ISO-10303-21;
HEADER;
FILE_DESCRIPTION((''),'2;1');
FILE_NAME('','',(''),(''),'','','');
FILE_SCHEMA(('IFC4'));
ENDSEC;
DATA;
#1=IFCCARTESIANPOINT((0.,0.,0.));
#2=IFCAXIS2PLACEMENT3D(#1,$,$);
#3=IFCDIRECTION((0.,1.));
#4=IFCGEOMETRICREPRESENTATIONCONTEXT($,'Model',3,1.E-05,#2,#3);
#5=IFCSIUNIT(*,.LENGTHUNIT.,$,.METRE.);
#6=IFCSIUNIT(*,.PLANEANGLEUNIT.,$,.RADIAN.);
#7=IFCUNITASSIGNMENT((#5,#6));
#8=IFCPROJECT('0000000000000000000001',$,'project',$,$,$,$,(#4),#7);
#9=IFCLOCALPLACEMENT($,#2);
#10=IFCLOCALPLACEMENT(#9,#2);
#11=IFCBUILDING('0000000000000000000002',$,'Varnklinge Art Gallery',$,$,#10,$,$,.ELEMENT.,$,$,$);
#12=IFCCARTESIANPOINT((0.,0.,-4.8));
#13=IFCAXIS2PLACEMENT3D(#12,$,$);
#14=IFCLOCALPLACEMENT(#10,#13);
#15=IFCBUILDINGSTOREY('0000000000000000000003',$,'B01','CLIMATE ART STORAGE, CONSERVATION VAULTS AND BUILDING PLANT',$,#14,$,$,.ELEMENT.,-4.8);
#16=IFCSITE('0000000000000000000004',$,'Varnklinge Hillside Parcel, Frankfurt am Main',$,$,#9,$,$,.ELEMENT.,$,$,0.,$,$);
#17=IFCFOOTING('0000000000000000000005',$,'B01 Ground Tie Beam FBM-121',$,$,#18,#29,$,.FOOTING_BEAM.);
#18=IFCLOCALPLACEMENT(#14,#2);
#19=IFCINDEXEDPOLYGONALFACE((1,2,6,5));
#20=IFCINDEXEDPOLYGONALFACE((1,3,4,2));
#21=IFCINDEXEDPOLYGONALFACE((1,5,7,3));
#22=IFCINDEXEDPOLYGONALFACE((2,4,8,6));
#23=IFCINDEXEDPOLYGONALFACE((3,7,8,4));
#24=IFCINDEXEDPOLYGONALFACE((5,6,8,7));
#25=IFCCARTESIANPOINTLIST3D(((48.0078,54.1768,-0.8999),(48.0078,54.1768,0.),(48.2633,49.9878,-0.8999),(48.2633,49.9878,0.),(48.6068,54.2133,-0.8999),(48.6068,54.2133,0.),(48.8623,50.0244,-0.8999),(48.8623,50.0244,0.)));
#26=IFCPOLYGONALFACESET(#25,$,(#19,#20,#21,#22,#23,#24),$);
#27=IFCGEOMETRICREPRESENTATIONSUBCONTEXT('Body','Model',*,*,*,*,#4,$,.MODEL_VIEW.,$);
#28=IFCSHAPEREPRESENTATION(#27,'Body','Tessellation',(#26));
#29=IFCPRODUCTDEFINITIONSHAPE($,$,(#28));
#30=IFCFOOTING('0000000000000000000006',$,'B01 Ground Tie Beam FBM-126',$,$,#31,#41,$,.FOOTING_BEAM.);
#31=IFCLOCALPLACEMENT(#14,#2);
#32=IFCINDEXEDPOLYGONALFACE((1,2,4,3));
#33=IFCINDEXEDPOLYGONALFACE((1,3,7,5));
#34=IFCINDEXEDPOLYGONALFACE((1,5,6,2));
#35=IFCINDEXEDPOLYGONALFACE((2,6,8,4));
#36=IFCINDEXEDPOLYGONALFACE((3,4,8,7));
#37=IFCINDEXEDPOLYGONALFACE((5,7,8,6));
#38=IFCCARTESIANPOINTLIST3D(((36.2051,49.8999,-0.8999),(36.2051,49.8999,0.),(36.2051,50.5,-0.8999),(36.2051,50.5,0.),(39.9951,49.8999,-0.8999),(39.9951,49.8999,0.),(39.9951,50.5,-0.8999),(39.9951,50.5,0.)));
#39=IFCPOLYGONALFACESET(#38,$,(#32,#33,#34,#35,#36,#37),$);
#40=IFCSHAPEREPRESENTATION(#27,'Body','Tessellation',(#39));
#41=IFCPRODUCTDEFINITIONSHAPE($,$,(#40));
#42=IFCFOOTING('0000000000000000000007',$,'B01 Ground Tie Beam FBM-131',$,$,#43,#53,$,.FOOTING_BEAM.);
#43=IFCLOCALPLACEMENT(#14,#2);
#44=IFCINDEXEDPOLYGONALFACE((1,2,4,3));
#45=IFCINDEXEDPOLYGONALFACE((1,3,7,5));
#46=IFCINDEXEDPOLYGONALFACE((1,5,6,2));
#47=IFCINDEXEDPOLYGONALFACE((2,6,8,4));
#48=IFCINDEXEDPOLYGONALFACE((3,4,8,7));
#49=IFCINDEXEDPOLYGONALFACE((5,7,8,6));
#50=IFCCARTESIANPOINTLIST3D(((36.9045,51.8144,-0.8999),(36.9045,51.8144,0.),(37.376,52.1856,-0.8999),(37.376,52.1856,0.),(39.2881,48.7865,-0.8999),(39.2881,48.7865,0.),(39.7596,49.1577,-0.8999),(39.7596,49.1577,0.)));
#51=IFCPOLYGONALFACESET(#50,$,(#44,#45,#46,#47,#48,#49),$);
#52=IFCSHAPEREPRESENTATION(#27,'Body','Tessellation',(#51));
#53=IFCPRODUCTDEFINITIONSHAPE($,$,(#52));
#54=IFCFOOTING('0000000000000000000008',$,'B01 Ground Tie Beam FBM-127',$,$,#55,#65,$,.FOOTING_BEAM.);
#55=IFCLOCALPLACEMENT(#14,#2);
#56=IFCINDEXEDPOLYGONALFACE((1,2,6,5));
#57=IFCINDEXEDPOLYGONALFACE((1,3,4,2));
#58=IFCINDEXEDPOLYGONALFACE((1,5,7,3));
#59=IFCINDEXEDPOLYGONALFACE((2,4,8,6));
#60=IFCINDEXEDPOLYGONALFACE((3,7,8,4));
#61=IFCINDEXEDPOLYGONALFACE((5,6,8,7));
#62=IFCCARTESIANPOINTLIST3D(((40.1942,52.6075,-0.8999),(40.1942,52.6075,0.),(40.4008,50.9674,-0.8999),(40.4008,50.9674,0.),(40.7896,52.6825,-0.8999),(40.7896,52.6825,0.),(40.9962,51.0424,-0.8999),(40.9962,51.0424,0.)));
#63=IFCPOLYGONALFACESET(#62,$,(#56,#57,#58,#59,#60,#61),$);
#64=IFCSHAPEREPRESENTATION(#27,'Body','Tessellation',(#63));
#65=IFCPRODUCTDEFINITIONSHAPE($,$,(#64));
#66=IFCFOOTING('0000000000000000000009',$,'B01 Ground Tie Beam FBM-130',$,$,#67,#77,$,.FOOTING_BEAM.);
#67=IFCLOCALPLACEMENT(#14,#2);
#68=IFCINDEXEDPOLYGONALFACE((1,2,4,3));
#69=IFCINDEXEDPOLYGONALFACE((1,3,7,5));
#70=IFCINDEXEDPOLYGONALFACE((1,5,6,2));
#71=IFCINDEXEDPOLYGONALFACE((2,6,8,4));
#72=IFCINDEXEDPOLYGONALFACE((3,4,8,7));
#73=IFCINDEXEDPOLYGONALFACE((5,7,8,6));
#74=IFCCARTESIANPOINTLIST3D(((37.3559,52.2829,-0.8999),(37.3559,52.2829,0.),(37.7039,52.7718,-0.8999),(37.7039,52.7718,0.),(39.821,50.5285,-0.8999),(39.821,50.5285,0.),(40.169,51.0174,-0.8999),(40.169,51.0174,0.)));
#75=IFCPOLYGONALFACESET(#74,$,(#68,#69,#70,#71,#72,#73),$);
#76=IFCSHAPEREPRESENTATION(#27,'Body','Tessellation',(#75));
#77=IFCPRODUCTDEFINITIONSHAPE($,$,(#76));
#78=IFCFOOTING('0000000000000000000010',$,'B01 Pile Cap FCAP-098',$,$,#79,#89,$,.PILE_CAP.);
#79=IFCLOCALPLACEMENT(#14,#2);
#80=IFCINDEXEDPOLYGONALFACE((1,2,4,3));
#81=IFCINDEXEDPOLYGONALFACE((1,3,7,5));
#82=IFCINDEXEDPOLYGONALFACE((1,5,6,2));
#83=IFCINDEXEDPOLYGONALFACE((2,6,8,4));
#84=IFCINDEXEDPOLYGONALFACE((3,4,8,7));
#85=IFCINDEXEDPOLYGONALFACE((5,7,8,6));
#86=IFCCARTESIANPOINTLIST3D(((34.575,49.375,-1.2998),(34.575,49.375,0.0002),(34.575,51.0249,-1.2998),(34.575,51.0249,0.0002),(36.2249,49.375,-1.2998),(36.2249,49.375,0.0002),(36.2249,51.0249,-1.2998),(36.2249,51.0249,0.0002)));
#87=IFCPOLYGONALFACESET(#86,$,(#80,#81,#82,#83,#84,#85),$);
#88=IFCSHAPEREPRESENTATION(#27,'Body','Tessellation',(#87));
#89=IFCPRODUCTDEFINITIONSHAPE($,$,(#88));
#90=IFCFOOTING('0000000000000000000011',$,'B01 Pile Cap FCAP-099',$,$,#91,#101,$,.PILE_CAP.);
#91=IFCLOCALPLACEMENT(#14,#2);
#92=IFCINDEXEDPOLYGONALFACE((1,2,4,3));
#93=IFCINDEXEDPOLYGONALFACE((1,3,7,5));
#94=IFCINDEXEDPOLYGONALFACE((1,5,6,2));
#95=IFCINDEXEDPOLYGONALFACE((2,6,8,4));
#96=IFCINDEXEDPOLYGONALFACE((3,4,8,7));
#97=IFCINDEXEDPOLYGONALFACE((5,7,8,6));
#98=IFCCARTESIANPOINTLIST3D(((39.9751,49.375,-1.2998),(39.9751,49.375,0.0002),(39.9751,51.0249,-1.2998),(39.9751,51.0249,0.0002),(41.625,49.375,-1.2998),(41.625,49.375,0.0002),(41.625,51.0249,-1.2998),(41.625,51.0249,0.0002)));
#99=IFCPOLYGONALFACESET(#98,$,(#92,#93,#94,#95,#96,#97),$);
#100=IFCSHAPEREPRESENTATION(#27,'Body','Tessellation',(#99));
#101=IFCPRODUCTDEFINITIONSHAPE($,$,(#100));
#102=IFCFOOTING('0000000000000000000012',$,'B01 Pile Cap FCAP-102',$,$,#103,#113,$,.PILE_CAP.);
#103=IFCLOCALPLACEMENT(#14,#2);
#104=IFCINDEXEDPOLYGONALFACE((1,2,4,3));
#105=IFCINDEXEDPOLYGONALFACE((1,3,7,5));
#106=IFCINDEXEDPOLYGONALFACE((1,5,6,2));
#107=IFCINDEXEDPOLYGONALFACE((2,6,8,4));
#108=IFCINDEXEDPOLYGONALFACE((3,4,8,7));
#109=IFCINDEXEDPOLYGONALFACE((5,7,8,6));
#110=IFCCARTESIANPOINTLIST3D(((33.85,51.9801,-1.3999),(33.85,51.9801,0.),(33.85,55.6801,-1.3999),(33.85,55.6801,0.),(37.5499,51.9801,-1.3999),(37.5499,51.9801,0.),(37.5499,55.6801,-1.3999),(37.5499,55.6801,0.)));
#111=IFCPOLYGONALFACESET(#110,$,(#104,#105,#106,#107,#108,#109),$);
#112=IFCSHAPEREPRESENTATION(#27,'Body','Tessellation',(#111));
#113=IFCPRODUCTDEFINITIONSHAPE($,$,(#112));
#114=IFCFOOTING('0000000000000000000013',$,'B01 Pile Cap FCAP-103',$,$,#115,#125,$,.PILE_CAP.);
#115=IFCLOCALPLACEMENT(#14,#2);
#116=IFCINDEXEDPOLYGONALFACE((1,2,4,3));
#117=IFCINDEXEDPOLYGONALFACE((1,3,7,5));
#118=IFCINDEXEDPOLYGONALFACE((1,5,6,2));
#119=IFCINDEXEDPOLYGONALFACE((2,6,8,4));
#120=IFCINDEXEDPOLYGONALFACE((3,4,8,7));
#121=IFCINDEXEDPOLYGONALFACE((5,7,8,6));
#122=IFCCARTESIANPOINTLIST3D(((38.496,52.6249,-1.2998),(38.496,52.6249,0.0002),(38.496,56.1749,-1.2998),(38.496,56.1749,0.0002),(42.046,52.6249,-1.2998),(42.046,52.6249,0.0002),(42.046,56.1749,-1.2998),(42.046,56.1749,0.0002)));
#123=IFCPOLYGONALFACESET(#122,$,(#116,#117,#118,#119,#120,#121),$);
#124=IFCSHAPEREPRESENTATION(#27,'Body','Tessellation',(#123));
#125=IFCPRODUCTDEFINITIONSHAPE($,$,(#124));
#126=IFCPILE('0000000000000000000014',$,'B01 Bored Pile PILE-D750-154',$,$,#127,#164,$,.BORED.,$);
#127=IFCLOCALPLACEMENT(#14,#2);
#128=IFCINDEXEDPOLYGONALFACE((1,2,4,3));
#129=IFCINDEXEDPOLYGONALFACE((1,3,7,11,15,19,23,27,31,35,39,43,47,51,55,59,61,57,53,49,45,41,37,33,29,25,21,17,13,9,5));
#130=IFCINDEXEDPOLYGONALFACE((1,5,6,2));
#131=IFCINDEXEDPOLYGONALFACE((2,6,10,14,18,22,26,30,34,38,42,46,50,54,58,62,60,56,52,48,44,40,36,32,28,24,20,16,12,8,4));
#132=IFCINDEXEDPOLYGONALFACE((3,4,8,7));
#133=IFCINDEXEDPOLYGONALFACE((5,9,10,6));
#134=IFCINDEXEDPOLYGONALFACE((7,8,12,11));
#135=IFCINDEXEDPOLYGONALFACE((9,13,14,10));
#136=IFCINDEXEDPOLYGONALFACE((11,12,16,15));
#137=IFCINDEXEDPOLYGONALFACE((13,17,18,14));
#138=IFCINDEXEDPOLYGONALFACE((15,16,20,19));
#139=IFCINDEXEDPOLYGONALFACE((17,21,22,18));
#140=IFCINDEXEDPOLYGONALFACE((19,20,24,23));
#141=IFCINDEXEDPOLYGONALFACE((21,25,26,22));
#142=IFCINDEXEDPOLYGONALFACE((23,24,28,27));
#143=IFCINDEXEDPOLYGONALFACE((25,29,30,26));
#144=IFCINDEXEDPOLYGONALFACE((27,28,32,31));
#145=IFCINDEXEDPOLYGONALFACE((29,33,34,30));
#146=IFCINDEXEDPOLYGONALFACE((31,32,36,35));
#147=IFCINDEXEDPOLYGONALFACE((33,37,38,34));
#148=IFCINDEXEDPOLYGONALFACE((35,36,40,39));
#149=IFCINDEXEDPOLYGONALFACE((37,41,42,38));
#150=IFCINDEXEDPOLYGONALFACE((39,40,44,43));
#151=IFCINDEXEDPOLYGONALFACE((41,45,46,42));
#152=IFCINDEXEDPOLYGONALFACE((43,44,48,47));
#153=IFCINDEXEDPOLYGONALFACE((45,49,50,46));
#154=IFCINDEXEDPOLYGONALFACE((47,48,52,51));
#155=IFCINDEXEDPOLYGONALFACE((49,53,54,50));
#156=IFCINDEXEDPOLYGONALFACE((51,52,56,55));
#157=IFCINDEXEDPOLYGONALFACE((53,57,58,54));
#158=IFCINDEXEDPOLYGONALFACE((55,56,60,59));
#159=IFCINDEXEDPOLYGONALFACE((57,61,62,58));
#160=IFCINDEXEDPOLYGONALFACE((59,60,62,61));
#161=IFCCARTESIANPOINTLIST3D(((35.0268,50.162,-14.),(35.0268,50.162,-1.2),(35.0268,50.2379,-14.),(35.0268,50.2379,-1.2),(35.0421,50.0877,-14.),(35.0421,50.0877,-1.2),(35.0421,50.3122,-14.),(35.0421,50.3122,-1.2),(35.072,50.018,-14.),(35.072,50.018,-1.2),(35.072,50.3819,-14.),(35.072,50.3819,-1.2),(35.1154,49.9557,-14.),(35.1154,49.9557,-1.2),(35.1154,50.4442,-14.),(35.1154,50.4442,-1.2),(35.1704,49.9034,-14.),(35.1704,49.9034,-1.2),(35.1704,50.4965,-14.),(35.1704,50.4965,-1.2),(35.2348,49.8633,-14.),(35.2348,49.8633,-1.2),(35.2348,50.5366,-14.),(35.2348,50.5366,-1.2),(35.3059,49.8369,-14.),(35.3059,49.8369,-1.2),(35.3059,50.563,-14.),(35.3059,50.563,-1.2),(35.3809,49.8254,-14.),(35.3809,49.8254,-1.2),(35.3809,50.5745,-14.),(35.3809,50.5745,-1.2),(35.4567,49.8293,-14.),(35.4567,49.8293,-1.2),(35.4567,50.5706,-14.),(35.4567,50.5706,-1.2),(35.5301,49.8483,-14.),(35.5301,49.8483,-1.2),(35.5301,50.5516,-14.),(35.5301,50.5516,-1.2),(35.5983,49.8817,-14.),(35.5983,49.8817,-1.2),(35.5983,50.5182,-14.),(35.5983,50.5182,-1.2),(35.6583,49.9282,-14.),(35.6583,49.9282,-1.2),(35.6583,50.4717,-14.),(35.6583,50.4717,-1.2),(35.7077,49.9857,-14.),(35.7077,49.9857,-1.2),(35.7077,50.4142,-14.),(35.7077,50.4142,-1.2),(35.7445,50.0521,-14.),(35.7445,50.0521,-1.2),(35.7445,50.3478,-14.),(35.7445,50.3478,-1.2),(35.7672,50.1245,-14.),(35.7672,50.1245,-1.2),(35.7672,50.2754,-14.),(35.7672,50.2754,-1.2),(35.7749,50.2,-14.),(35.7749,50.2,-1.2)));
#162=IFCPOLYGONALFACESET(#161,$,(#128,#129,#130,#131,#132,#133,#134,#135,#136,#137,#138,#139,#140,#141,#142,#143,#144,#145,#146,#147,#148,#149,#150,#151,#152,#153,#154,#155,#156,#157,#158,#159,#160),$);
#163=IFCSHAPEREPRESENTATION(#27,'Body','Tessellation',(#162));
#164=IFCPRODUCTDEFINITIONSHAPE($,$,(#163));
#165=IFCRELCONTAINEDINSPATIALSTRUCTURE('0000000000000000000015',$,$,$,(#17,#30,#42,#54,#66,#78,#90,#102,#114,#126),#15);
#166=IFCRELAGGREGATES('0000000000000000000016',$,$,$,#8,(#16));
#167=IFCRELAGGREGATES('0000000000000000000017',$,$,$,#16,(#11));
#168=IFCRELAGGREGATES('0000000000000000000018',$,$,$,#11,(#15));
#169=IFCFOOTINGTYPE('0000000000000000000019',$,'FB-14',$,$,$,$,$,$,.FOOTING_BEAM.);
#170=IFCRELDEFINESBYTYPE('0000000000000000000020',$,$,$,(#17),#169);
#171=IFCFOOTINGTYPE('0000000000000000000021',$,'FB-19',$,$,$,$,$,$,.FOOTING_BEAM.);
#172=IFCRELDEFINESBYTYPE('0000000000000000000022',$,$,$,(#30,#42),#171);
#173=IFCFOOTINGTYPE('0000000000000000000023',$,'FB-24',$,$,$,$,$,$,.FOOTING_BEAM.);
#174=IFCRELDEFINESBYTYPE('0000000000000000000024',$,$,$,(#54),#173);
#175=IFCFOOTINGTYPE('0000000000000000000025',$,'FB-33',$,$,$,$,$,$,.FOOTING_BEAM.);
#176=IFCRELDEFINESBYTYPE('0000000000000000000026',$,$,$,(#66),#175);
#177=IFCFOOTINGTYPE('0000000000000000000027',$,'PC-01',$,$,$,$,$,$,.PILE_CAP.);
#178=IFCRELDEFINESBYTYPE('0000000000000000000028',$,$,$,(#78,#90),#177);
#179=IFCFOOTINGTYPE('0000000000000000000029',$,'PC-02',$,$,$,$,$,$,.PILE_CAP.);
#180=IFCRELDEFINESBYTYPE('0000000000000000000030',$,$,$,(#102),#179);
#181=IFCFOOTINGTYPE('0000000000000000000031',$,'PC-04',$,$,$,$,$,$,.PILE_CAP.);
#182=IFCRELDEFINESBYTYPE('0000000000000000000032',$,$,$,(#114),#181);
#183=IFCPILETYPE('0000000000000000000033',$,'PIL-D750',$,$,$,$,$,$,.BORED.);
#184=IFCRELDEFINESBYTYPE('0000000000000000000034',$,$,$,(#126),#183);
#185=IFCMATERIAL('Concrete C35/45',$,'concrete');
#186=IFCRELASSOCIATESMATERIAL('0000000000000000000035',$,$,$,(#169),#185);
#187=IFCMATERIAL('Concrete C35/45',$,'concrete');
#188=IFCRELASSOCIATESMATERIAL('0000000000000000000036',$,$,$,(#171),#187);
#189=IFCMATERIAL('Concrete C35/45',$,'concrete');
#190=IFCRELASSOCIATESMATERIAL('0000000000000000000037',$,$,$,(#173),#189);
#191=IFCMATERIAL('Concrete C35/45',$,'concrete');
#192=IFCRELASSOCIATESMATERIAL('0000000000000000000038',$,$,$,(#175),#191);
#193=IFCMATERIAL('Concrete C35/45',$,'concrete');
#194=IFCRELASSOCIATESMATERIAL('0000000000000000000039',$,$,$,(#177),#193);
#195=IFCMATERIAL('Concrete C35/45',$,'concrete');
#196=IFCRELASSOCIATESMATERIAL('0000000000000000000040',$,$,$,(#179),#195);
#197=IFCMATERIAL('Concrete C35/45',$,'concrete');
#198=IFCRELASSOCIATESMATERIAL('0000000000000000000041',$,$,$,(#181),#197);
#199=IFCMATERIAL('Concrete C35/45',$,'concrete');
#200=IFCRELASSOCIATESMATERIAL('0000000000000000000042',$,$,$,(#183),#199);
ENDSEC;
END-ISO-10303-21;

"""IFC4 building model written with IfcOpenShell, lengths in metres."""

from ifc_helpers import new_model, si_unit, direction, frame, origin, origin_2d, place, context, subcontext, project, spatial, rectangle, circle, extrude, material, material_profile, profile_set, type_object, element, save


model = new_model("IFC4")

# Units and contexts
model_context = context("Model", 3, precision=1e-05, world=origin(), true_north=direction((0.0, 1.0)))
body_context = subcontext(model_context, "Body", "Model", "MODEL_VIEW")
ifc_project = project(units=[si_unit("LENGTHUNIT", "METRE"), si_unit("PLANEANGLEUNIT", "RADIAN")], contexts=[model_context])

# Site, building, storey
site_placement = place(None, origin())
site = spatial("IfcSite", under=ifc_project, at=site_placement, Name="Varnklinge Hillside Parcel, Frankfurt am Main", CompositionType="ELEMENT", RefElevation=0.0)
building_placement = place(site_placement, origin())
building = spatial("IfcBuilding", under=site, at=building_placement, Name="Varnklinge Art Gallery", CompositionType="ELEMENT")
storey_placement = place(building_placement, frame((0.0, 0.0, -4.8)))
storey = spatial("IfcBuildingStorey", under=building, at=storey_placement, Name="B01", Description="CLIMATE ART STORAGE, CONSERVATION VAULTS AND BUILDING PLANT", CompositionType="ELEMENT", Elevation=-4.8)

# Footings
ifc_material_1 = material(Name="Concrete C35/45", Category="concrete")
footing_type_1 = type_object("IfcFootingType", Name="FB-14", PredefinedType="FOOTING_BEAM", material=ifc_material_1)
footing_1_placement = place(storey_placement, frame((48.4351, 52.1006, -0.8999), z_axis=(0.0, 0.0, 1.0), x_axis=(-0.060874, 0.998145, 0.0)))
element("IfcFooting", 1, at=footing_1_placement, inside=storey, type_object=footing_type_1, Name="B01 Ground Tie Beam FBM-121", PredefinedType="FOOTING_BEAM", context=body_context, shape_type="SweptSolid", body=[
    extrude(rectangle(XDim=4.1968, YDim=0.6001, at=origin_2d()), origin(), (0.0, 0.0, 1.0), 0.8999),
])
ifc_material_2 = material(Name="Concrete C35/45", Category="concrete")
footing_type_2 = type_object("IfcFootingType", Name="FB-19", PredefinedType="FOOTING_BEAM", material=ifc_material_2)
footing_2_placement = place(storey_placement, frame((38.1001, 50.2, -0.8999), z_axis=(0.0, 0.0, 1.0), x_axis=(1.0, 0.0, 0.0)))
element("IfcFooting", 2, at=footing_2_placement, inside=storey, type_object=footing_type_2, Name="B01 Ground Tie Beam FBM-126", PredefinedType="FOOTING_BEAM", context=body_context, shape_type="SweptSolid", body=[
    extrude(rectangle(XDim=3.79, YDim=0.6001, at=origin_2d()), origin(), (0.0, 0.0, 1.0), 0.8999),
])
footing_3_placement = place(storey_placement, frame((38.332, 50.4861, -0.8999), z_axis=(0.0, 0.0, 1.0), x_axis=(0.618546, -0.785749, 0.0)))
element("IfcFooting", 3, at=footing_3_placement, inside=storey, type_object=footing_type_2, Name="B01 Ground Tie Beam FBM-131", PredefinedType="FOOTING_BEAM", context=body_context, shape_type="SweptSolid", body=[
    extrude(rectangle(XDim=3.8535, YDim=0.6001, at=origin_2d()), origin(), (0.0, 0.0, 1.0), 0.8999),
])
ifc_material_3 = material(Name="Concrete C35/45", Category="concrete")
footing_type_3 = type_object("IfcFootingType", Name="FB-24", PredefinedType="FOOTING_BEAM", material=ifc_material_3)
footing_4_placement = place(storey_placement, frame((40.5952, 51.825, -0.8999), z_axis=(0.0, 0.0, 1.0), x_axis=(-0.124987, 0.992158, 0.0)))
element("IfcFooting", 4, at=footing_4_placement, inside=storey, type_object=footing_type_3, Name="B01 Ground Tie Beam FBM-127", PredefinedType="FOOTING_BEAM", context=body_context, shape_type="SweptSolid", body=[
    extrude(rectangle(XDim=1.6531, YDim=0.6001, at=origin_2d()), origin(), (0.0, 0.0, 1.0), 0.8999),
])
ifc_material_4 = material(Name="Concrete C35/45", Category="concrete")
footing_type_4 = type_object("IfcFootingType", Name="FB-33", PredefinedType="FOOTING_BEAM", material=ifc_material_4)
footing_5_placement = place(storey_placement, frame((38.7625, 51.6501, -0.8999), z_axis=(0.0, 0.0, 1.0), x_axis=(0.814723, -0.57985, 0.0)))
element("IfcFooting", 5, at=footing_5_placement, inside=storey, type_object=footing_type_4, Name="B01 Ground Tie Beam FBM-130", PredefinedType="FOOTING_BEAM", context=body_context, shape_type="SweptSolid", body=[
    extrude(rectangle(XDim=3.0256, YDim=0.6001, at=origin_2d()), origin(), (0.0, 0.0, 1.0), 0.8999),
])
ifc_material_5 = material(Name="Concrete C35/45", Category="concrete")
footing_type_5 = type_object("IfcFootingType", Name="PC-01", PredefinedType="PILE_CAP", material=ifc_material_5)
for number, where, z_axis, x_axis, name in (
    (6, (35.3999, 50.2, -1.2998), (0.0, 0.0, 1.0), (1.0, 0.0, 0.0), "B01 Pile Cap FCAP-098"),
    (7, (40.8, 50.2, -1.2998), (0.0, 0.0, 1.0), (1.0, 0.0, 0.0), "B01 Pile Cap FCAP-099"),
):
    element("IfcFooting", number, at=place(storey_placement, frame(where, z_axis=z_axis, x_axis=x_axis)), inside=storey, type_object=footing_type_5, Name=name, PredefinedType="PILE_CAP", context=body_context, shape_type="SweptSolid", body=[
        extrude(rectangle(XDim=1.6499, YDim=1.6499, at=origin_2d()), origin(), (0.0, 0.0, 1.0), 1.3),
    ])
ifc_material_6 = material(Name="Concrete C35/45", Category="concrete")
footing_type_6 = type_object("IfcFootingType", Name="PC-02", PredefinedType="PILE_CAP", material=ifc_material_6)
footing_6_placement = place(storey_placement, frame((35.7, 53.8301, -1.3999), z_axis=(0.0, 0.0, 1.0), x_axis=(1.0, 0.0, 0.0)))
element("IfcFooting", 8, at=footing_6_placement, inside=storey, type_object=footing_type_6, Name="B01 Pile Cap FCAP-102", PredefinedType="PILE_CAP", context=body_context, shape_type="SweptSolid", body=[
    extrude(rectangle(XDim=3.7, YDim=3.7, at=origin_2d()), origin(), (0.0, 0.0, 1.0), 1.3999),
])
ifc_material_7 = material(Name="Concrete C35/45", Category="concrete")
footing_type_7 = type_object("IfcFootingType", Name="PC-04", PredefinedType="PILE_CAP", material=ifc_material_7)
footing_7_placement = place(storey_placement, frame((40.271, 54.3999, -1.2998), z_axis=(0.0, 0.0, 1.0), x_axis=(1.0, 0.0, 0.0)))
element("IfcFooting", 9, at=footing_7_placement, inside=storey, type_object=footing_type_7, Name="B01 Pile Cap FCAP-103", PredefinedType="PILE_CAP", context=body_context, shape_type="SweptSolid", body=[
    extrude(rectangle(XDim=3.55, YDim=3.55, at=origin_2d()), origin(), (0.0, 0.0, 1.0), 1.3),
])

# Pile
ifc_material_8 = material(Name="Concrete C35/45", Category="concrete")
ifc_material_profile_1 = material_profile(ifc_material_8, circle(Radius=0.375, at=origin_2d()), Name="PILE D750")
ifc_profile_set_1 = profile_set([ifc_material_profile_1], Name="Concrete C35/45")
pile_type_1 = type_object("IfcPileType", Name="PIL-D750", PredefinedType="BORED", material=ifc_profile_set_1)
for number, where, z_axis, x_axis, name in (
    (10, (35.3999, 50.2, -1.2), (0.0, 0.0, -1.0), (1.0, 0.0, 0.0), "B01 Bored Pile PILE-D750-154"),
):
    element("IfcPile", number, at=place(storey_placement, frame(where, z_axis=z_axis, x_axis=x_axis)), inside=storey, type_object=pile_type_1, Name=name, PredefinedType="BORED", context=body_context, shape_type="SweptSolid", body=[
        extrude(circle(Radius=0.375, at=origin_2d()), origin(), (0.0, 0.0, 1.0), 12.8),
    ])

save(model, "model.ifc")
